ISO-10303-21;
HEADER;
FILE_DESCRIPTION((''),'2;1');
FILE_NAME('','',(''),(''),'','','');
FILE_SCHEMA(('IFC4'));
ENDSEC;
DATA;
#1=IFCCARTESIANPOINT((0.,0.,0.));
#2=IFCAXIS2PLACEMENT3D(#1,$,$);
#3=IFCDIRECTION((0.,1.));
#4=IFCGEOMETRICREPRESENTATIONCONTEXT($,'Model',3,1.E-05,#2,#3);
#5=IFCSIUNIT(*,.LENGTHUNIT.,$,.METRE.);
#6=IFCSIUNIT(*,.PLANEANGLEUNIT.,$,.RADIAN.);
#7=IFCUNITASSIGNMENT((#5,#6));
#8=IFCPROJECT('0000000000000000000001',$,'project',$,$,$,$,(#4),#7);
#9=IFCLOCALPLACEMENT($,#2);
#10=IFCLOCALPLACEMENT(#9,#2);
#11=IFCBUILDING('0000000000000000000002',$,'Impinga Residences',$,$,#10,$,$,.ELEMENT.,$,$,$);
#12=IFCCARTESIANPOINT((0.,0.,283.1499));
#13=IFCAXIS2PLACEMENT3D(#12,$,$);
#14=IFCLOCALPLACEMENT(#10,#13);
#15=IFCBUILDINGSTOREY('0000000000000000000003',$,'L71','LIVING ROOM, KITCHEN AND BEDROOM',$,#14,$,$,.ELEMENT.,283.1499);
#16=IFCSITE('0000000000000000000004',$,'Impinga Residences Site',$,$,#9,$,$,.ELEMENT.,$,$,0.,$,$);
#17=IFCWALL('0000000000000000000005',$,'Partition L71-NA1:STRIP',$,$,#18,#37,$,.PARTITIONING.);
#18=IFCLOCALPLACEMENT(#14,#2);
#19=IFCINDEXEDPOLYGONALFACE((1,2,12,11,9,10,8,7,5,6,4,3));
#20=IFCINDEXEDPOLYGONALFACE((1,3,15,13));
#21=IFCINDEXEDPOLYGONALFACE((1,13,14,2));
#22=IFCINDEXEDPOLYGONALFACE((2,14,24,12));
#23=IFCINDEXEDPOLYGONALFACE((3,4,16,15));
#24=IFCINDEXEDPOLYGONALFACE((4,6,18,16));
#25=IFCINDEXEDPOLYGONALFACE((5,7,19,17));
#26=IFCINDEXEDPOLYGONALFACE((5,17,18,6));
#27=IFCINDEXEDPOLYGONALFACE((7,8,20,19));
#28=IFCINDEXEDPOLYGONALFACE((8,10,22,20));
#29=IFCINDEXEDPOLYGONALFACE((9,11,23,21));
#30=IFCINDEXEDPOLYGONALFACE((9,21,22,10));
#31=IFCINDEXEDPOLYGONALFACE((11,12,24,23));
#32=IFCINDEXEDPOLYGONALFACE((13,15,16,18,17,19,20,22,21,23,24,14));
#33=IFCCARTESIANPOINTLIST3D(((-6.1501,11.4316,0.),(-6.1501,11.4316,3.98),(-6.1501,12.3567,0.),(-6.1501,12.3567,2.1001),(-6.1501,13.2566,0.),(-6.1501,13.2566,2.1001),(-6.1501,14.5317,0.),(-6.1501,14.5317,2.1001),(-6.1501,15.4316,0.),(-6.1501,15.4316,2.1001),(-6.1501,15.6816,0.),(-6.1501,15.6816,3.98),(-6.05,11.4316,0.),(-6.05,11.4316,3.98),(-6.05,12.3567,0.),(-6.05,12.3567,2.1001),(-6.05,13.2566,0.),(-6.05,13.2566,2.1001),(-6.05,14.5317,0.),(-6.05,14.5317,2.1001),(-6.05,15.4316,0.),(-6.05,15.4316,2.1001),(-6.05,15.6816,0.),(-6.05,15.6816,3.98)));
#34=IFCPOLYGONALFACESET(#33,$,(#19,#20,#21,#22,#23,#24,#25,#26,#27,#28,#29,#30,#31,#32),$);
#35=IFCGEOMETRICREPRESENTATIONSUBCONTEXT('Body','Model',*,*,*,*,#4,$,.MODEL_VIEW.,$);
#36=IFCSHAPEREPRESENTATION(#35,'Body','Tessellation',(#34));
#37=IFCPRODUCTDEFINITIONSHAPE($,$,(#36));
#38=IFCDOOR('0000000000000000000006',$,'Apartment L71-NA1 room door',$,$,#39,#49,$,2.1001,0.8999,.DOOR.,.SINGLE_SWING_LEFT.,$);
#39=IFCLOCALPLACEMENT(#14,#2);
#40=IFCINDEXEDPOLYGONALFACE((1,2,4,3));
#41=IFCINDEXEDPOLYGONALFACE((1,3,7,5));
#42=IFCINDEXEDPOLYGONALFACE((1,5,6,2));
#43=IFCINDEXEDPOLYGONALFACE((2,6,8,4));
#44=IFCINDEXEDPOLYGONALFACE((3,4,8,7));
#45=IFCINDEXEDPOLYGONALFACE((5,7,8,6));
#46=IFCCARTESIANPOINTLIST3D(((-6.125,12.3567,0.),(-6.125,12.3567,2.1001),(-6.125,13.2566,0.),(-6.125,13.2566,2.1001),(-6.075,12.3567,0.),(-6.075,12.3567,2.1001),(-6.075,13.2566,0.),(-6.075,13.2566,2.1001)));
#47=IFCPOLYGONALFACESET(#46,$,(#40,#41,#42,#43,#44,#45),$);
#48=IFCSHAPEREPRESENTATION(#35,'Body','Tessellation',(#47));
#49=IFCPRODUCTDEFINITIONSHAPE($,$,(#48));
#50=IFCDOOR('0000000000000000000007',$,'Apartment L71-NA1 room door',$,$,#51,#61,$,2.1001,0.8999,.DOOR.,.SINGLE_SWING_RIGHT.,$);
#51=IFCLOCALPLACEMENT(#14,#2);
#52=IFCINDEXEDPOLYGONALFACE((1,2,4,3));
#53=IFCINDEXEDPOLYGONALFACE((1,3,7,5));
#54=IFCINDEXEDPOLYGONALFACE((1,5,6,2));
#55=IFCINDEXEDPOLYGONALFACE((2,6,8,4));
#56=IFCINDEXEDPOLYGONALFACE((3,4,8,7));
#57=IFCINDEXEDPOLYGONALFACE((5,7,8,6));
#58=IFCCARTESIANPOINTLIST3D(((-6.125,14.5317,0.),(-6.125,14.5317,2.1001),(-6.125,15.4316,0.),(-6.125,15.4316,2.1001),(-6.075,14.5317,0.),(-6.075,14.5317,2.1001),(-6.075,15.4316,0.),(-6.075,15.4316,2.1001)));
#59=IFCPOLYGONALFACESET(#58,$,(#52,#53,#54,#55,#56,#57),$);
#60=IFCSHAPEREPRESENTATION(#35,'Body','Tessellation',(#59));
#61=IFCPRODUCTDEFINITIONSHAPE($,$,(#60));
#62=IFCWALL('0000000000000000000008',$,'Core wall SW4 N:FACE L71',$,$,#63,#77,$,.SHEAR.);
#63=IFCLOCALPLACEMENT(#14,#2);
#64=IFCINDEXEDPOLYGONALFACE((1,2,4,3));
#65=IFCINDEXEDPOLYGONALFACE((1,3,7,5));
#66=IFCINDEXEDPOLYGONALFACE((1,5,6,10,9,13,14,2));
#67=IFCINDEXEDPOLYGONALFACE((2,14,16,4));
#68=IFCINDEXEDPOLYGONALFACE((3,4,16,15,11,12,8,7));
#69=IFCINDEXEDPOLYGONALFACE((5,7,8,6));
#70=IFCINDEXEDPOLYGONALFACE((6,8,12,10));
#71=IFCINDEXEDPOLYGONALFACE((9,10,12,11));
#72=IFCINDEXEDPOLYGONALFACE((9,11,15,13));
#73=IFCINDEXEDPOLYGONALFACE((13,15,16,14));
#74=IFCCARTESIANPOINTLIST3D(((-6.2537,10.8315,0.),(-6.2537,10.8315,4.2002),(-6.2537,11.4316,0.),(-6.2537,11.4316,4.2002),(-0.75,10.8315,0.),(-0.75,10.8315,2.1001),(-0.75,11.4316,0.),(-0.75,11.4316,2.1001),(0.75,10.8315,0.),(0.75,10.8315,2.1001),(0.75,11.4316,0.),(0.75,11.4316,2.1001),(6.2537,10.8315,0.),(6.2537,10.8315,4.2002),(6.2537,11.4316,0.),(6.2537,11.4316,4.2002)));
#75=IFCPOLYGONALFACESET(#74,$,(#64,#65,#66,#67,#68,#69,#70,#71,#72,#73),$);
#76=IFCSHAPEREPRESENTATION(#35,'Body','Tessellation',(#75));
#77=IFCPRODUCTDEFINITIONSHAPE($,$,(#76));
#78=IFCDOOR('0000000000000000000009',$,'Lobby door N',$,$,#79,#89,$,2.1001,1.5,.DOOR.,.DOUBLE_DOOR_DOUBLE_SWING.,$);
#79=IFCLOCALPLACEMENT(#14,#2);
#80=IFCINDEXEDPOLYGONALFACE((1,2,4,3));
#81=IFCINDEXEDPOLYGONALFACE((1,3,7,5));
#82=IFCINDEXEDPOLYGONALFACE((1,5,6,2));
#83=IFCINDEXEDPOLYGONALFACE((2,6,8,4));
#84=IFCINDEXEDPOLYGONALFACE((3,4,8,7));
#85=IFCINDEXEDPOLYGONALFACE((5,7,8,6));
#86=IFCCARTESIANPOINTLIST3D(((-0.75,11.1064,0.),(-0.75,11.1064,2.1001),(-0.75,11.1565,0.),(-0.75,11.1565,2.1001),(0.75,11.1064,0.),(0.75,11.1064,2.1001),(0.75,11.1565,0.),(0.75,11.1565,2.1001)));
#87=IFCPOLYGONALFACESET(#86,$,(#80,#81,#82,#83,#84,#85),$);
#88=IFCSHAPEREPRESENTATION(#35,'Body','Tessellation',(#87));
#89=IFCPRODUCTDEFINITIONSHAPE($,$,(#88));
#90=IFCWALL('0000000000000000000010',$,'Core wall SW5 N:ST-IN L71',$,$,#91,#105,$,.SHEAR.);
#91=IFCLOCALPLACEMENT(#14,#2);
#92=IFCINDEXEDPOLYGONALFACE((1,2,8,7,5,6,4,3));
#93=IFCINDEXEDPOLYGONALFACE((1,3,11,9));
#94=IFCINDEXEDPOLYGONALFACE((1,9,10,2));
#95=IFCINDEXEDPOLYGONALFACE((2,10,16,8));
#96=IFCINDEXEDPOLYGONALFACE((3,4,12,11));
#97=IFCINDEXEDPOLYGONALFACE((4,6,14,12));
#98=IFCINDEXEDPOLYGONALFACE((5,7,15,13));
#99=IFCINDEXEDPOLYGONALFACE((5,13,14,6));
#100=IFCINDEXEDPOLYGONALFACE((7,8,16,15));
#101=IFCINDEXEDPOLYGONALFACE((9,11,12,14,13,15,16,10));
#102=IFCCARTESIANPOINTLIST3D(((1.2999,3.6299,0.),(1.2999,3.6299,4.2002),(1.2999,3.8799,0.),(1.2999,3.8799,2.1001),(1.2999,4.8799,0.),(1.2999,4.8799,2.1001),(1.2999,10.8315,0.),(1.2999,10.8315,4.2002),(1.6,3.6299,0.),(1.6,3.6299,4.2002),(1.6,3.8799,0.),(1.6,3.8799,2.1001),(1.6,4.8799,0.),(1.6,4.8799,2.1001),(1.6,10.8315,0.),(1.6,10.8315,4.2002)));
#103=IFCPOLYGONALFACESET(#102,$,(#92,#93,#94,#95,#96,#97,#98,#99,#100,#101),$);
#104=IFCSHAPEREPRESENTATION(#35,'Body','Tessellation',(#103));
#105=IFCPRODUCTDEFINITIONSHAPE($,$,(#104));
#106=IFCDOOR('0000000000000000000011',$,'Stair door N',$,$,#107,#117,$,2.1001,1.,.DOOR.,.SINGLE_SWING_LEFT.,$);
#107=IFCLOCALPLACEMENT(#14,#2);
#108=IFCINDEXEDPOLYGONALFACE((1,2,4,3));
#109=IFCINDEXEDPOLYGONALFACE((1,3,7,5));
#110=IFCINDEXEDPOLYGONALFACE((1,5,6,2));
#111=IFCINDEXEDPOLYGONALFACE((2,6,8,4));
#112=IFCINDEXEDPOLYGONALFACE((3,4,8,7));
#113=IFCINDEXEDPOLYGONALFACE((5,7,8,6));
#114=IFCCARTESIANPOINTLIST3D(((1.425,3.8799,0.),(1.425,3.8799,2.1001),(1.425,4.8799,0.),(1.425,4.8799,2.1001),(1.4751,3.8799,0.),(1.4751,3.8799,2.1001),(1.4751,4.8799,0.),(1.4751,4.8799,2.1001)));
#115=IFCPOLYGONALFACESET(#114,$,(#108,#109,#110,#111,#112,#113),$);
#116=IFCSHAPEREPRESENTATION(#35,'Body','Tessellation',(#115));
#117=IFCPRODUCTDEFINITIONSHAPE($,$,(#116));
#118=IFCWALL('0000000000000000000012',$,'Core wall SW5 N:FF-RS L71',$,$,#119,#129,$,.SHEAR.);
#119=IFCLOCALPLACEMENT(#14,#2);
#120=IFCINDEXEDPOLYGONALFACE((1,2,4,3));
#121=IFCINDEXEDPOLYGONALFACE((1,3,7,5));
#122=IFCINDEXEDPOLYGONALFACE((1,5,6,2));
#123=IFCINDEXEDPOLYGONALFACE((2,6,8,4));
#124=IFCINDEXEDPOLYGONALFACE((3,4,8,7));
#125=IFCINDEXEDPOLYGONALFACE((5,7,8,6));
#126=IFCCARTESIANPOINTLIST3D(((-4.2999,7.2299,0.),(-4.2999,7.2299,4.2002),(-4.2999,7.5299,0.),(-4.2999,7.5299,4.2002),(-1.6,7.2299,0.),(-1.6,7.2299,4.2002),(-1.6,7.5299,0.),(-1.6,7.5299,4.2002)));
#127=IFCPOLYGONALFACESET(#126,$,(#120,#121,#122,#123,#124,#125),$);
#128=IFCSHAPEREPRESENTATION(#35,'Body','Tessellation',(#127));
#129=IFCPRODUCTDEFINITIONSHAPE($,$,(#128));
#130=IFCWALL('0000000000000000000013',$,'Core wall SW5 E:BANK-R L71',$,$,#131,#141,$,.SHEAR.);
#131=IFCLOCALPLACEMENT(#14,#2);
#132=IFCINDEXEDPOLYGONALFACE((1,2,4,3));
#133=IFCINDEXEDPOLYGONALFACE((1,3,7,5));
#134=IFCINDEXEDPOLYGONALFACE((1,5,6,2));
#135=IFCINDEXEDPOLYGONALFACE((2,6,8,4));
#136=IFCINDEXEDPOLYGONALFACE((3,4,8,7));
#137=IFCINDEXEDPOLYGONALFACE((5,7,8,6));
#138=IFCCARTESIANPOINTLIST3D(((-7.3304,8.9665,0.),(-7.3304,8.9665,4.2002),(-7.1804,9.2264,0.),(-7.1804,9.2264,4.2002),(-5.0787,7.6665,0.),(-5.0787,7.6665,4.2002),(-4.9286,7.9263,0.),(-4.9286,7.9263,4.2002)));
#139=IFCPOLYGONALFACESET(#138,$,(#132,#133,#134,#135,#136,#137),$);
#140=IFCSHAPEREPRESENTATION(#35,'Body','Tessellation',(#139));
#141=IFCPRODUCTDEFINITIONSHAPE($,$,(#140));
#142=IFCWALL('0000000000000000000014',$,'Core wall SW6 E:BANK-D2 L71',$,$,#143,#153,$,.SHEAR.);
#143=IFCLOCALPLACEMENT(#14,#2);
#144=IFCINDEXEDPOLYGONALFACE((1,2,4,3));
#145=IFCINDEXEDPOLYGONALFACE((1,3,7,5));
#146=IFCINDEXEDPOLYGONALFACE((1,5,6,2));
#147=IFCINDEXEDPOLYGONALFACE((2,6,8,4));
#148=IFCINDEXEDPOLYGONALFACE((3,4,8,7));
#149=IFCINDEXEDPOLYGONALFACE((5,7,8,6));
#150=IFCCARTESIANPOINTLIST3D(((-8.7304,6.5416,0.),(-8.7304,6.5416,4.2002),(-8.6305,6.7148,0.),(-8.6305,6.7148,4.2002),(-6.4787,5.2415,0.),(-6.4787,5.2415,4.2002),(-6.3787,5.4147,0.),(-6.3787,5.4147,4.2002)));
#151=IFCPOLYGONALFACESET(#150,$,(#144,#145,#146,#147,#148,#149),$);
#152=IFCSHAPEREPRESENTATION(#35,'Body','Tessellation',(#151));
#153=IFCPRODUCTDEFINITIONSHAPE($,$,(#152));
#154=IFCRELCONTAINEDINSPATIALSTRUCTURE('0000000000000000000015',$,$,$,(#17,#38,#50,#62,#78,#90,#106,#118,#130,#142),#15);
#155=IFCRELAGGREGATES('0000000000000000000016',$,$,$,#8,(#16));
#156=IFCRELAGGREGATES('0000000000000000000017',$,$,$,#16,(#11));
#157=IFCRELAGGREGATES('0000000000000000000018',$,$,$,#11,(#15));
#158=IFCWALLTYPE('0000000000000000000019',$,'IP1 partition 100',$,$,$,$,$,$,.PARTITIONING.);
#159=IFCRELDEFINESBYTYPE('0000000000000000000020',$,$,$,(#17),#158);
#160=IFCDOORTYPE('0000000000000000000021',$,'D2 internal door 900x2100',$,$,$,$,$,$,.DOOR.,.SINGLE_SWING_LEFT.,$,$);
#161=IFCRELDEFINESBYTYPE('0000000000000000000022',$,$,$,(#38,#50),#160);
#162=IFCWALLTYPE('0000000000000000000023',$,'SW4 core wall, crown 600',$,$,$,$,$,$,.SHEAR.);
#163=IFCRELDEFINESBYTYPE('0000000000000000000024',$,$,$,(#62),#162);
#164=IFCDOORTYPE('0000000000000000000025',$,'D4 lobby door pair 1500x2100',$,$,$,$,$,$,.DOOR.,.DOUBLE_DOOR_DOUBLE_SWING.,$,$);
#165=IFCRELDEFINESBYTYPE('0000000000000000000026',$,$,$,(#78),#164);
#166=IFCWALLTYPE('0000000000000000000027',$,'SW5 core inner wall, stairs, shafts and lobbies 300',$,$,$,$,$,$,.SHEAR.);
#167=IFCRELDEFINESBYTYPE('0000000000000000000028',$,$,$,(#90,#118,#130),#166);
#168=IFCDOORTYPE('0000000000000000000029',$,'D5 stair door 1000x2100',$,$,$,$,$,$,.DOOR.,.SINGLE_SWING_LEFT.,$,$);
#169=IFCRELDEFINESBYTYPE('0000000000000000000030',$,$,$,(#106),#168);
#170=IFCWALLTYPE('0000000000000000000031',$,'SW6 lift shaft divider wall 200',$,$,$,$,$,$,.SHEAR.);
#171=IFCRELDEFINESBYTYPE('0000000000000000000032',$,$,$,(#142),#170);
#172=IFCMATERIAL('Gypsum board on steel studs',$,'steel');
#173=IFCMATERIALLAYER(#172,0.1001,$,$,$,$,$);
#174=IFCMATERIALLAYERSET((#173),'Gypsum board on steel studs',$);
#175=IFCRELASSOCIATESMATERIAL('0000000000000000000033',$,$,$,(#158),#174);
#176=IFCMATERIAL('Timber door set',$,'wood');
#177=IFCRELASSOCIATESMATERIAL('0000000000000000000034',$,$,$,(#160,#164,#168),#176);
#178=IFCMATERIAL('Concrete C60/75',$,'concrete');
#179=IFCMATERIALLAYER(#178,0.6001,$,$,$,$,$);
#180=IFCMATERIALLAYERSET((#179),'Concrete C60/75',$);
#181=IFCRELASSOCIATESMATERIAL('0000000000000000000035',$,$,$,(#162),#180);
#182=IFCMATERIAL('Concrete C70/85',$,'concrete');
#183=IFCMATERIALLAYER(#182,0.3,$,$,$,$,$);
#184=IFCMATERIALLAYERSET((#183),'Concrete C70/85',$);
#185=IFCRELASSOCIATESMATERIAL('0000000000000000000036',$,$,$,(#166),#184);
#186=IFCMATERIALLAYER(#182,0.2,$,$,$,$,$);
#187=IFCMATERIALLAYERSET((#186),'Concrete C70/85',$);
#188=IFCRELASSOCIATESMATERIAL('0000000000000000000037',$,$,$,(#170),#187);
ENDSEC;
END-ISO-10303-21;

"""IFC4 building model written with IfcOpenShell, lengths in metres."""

from ifc_helpers import new_model, si_unit, direction, frame, frame_2d, origin, place, context, subcontext, project, spatial, rectangle, extrude, material, layer, layer_set, type_object, element, fill, save


model = new_model("IFC4")

# Units and contexts
model_context = context("Model", 3, precision=1e-05, world=origin(), true_north=direction((0.0, 1.0)))
body_context = subcontext(model_context, "Body", "Model", "MODEL_VIEW")
ifc_project = project(units=[si_unit("LENGTHUNIT", "METRE"), si_unit("PLANEANGLEUNIT", "RADIAN")], contexts=[model_context])

# Site, building, storey
site_placement = place(None, origin())
site = spatial("IfcSite", under=ifc_project, at=site_placement, Name="Impinga Residences Site", CompositionType="ELEMENT", RefElevation=0.0)
building_placement = place(site_placement, origin())
building = spatial("IfcBuilding", under=site, at=building_placement, Name="Impinga Residences", CompositionType="ELEMENT")
storey_placement = place(building_placement, frame((0.0, 0.0, 283.1499)))
storey = spatial("IfcBuildingStorey", under=building, at=storey_placement, Name="L71", Description="LIVING ROOM, KITCHEN AND BEDROOM", CompositionType="ELEMENT", Elevation=283.1499)

# Shared definitions
ifc_material_1 = material(Name="Concrete C60/75", Category="concrete")
ifc_material_2 = material(Name="Timber door set", Category="wood")

# Shared definitions
ifc_material_3 = material(Name="Gypsum board on steel studs", Category="steel")
ifc_layer_1 = layer(ifc_material_3, 0.1001)
ifc_layer_set_1 = layer_set([ifc_layer_1], Name="Gypsum board on steel studs")
wall_type_1 = type_object("IfcWallType", Name="IP1 partition 100", PredefinedType="PARTITIONING", material=ifc_layer_set_1)

# Wall, openings, doors
wall_1_placement = place(storey_placement, frame((-6.1001, 11.4316, 0.0), z_axis=(0.0, 0.0, 1.0), x_axis=(0.0, 1.0, 0.0)))
wall_1 = element("IfcWall", 1, at=wall_1_placement, inside=storey, type_object=wall_type_1, Name="Partition L71-NA1:STRIP", PredefinedType="PARTITIONING", context=body_context, shape_type="SweptSolid", body=[
    extrude(rectangle(XDim=4.25, YDim=0.1001, at=frame_2d((2.125, 0.0))), origin(), (0.0, 0.0, 1.0), 3.98),
])
opening_1_placement = place(wall_1_placement, frame((0.925, 0.0, 0.0)))
opening_1 = element("IfcOpeningElement", 2, at=opening_1_placement, cuts=wall_1, PredefinedType="OPENING", context=body_context, shape_type="SweptSolid", body=[
    extrude(rectangle(XDim=0.8999, YDim=2.1001, at=frame_2d((0.45, 1.05))), frame((0.0, 0.0601, 0.0), z_axis=(0.0, -1.0, 0.0), x_axis=(1.0, 0.0, 0.0)), (0.0, 0.0, 1.0), 0.1201),
])
opening_2_placement = place(wall_1_placement, frame((3.1001, 0.0, 0.0)))
opening_2 = element("IfcOpeningElement", 3, at=opening_2_placement, cuts=wall_1, PredefinedType="OPENING", context=body_context, shape_type="SweptSolid", body=[
    extrude(rectangle(XDim=0.8999, YDim=2.1001, at=frame_2d((0.45, 1.05))), frame((0.0, 0.0601, 0.0), z_axis=(0.0, -1.0, 0.0), x_axis=(1.0, 0.0, 0.0)), (0.0, 0.0, 1.0), 0.1201),
])
door_type_1 = type_object("IfcDoorType", Name="D2 internal door 900x2100", OperationType="SINGLE_SWING_LEFT", PredefinedType="DOOR", material=ifc_material_2)
door_1_placement = place(opening_1_placement, origin())
door_1 = element("IfcDoor", 4, at=door_1_placement, inside=storey, type_object=door_type_1, Name="Apartment L71-NA1 room door", OperationType="SINGLE_SWING_LEFT", OverallHeight=2.1001, OverallWidth=0.8999, PredefinedType="DOOR", context=body_context, shape_type="SweptSolid", body=[
    extrude(rectangle(XDim=0.8999, YDim=2.1001, at=frame_2d((0.45, 1.05))), frame((0.0, 0.0249, 0.0), z_axis=(0.0, -1.0, 0.0), x_axis=(1.0, 0.0, 0.0)), (0.0, 0.0, 1.0), 0.05),
])
fill(opening_1, door_1)
door_2_placement = place(opening_2_placement, origin())
door_2 = element("IfcDoor", 5, at=door_2_placement, inside=storey, type_object=door_type_1, Name="Apartment L71-NA1 room door", OperationType="SINGLE_SWING_RIGHT", OverallHeight=2.1001, OverallWidth=0.8999, PredefinedType="DOOR", context=body_context, shape_type="SweptSolid", body=[
    extrude(rectangle(XDim=0.8999, YDim=2.1001, at=frame_2d((0.45, 1.05))), frame((0.0, 0.0249, 0.0), z_axis=(0.0, -1.0, 0.0), x_axis=(1.0, 0.0, 0.0)), (0.0, 0.0, 1.0), 0.05),
])
fill(opening_2, door_2)

# Walls, openings, doors
ifc_layer_2 = layer(ifc_material_1, 0.6001)
ifc_layer_set_2 = layer_set([ifc_layer_2], Name="Concrete C60/75")
wall_type_2 = type_object("IfcWallType", Name="SW4 core wall, crown 600", PredefinedType="SHEAR", material=ifc_layer_set_2)
wall_2_placement = place(storey_placement, frame((-6.2537, 11.1316, 0.0), z_axis=(0.0, 0.0, 1.0), x_axis=(1.0, 0.0, 0.0)))
wall_2 = element("IfcWall", 6, at=wall_2_placement, inside=storey, type_object=wall_type_2, Name="Core wall SW4 N:FACE L71", PredefinedType="SHEAR", context=body_context, shape_type="SweptSolid", body=[
    extrude(rectangle(XDim=12.5073, YDim=0.6001, at=frame_2d((6.2537, 0.0))), origin(), (0.0, 0.0, 1.0), 4.2002),
])
opening_3_placement = place(wall_2_placement, frame((5.5037, 0.0, 0.0)))
opening_3 = element("IfcOpeningElement", 7, at=opening_3_placement, cuts=wall_2, PredefinedType="OPENING", context=body_context, shape_type="SweptSolid", body=[
    extrude(rectangle(XDim=1.5, YDim=2.1001, at=frame_2d((0.75, 1.05))), frame((0.0, 0.3101, 0.0), z_axis=(0.0, -1.0, 0.0), x_axis=(1.0, 0.0, 0.0)), (0.0, 0.0, 1.0), 0.6201),
])
door_type_2 = type_object("IfcDoorType", Name="D4 lobby door pair 1500x2100", OperationType="DOUBLE_DOOR_DOUBLE_SWING", PredefinedType="DOOR", material=ifc_material_2)
door_3_placement = place(opening_3_placement, origin())
door_3 = element("IfcDoor", 8, at=door_3_placement, inside=storey, type_object=door_type_2, Name="Lobby door N", OperationType="DOUBLE_DOOR_DOUBLE_SWING", OverallHeight=2.1001, OverallWidth=1.5, PredefinedType="DOOR", context=body_context, shape_type="SweptSolid", body=[
    extrude(rectangle(XDim=1.5, YDim=2.1001, at=frame_2d((0.75, 1.05))), frame((0.0, 0.0249, 0.0), z_axis=(0.0, -1.0, 0.0), x_axis=(1.0, 0.0, 0.0)), (0.0, 0.0, 1.0), 0.05),
])
fill(opening_3, door_3)
ifc_material_4 = material(Name="Concrete C70/85", Category="concrete")
ifc_layer_3 = layer(ifc_material_4, 0.3)
ifc_layer_set_3 = layer_set([ifc_layer_3], Name="Concrete C70/85")
wall_type_3 = type_object("IfcWallType", Name="SW5 core inner wall, stairs, shafts and lobbies 300", PredefinedType="SHEAR", material=ifc_layer_set_3)
wall_3_placement = place(storey_placement, frame((1.45, 3.6299, 0.0), z_axis=(0.0, 0.0, 1.0), x_axis=(0.0, 1.0, 0.0)))
wall_3 = element("IfcWall", 9, at=wall_3_placement, inside=storey, type_object=wall_type_3, Name="Core wall SW5 N:ST-IN L71", PredefinedType="SHEAR", context=body_context, shape_type="SweptSolid", body=[
    extrude(rectangle(XDim=7.2017, YDim=0.3, at=frame_2d((3.6008, 0.0))), origin(), (0.0, 0.0, 1.0), 4.2002),
])
opening_4_placement = place(wall_3_placement, frame((0.25, 0.0, 0.0)))
opening_4 = element("IfcOpeningElement", 10, at=opening_4_placement, cuts=wall_3, PredefinedType="OPENING", context=body_context, shape_type="SweptSolid", body=[
    extrude(rectangle(XDim=1.0, YDim=2.1001, at=frame_2d((0.5, 1.05))), frame((0.0, 0.1599, 0.0), z_axis=(0.0, -1.0, 0.0), x_axis=(1.0, 0.0, 0.0)), (0.0, 0.0, 1.0), 0.3201),
])
door_type_3 = type_object("IfcDoorType", Name="D5 stair door 1000x2100", OperationType="SINGLE_SWING_LEFT", PredefinedType="DOOR", material=ifc_material_2)
door_4_placement = place(opening_4_placement, origin())
door_4 = element("IfcDoor", 11, at=door_4_placement, inside=storey, type_object=door_type_3, Name="Stair door N", OperationType="SINGLE_SWING_LEFT", OverallHeight=2.1001, OverallWidth=1.0, PredefinedType="DOOR", context=body_context, shape_type="SweptSolid", body=[
    extrude(rectangle(XDim=1.0, YDim=2.1001, at=frame_2d((0.5, 1.05))), frame((0.0, 0.0249, 0.0), z_axis=(0.0, -1.0, 0.0), x_axis=(1.0, 0.0, 0.0)), (0.0, 0.0, 1.0), 0.05),
])
fill(opening_4, door_4)

# Walls
wall_4_placement = place(storey_placement, frame((-4.3, 7.3799, 0.0), z_axis=(0.0, 0.0, 1.0), x_axis=(1.0, 0.0, 0.0)))
element("IfcWall", 12, at=wall_4_placement, inside=storey, type_object=wall_type_3, Name="Core wall SW5 N:FF-RS L71", PredefinedType="SHEAR", context=body_context, shape_type="SweptSolid", body=[
    extrude(rectangle(XDim=2.7, YDim=0.3, at=frame_2d((1.3501, 0.0))), origin(), (0.0, 0.0, 1.0), 4.2002),
])
wall_5_placement = place(storey_placement, frame((-5.0037, 7.7964, 0.0), z_axis=(0.0, 0.0, 1.0), x_axis=(-0.866021, 0.500007, 0.0)))
element("IfcWall", 13, at=wall_5_placement, inside=storey, type_object=wall_type_3, Name="Core wall SW5 E:BANK-R L71", PredefinedType="SHEAR", context=body_context, shape_type="SweptSolid", body=[
    extrude(rectangle(XDim=2.6001, YDim=0.3, at=frame_2d((1.3, 0.0))), origin(), (0.0, 0.0, 1.0), 4.2002),
])
ifc_layer_4 = layer(ifc_material_4, 0.2)
ifc_layer_set_4 = layer_set([ifc_layer_4], Name="Concrete C70/85")
wall_type_4 = type_object("IfcWallType", Name="SW6 lift shaft divider wall 200", PredefinedType="SHEAR", material=ifc_layer_set_4)
wall_6_placement = place(storey_placement, frame((-6.4287, 5.3281, 0.0), z_axis=(0.0, 0.0, 1.0), x_axis=(-0.866021, 0.500007, 0.0)))
element("IfcWall", 14, at=wall_6_placement, inside=storey, type_object=wall_type_4, Name="Core wall SW6 E:BANK-D2 L71", PredefinedType="SHEAR", context=body_context, shape_type="SweptSolid", body=[
    extrude(rectangle(XDim=2.6001, YDim=0.2, at=frame_2d((1.3, 0.0))), origin(), (0.0, 0.0, 1.0), 4.2002),
])

save(model, "model.ifc")
